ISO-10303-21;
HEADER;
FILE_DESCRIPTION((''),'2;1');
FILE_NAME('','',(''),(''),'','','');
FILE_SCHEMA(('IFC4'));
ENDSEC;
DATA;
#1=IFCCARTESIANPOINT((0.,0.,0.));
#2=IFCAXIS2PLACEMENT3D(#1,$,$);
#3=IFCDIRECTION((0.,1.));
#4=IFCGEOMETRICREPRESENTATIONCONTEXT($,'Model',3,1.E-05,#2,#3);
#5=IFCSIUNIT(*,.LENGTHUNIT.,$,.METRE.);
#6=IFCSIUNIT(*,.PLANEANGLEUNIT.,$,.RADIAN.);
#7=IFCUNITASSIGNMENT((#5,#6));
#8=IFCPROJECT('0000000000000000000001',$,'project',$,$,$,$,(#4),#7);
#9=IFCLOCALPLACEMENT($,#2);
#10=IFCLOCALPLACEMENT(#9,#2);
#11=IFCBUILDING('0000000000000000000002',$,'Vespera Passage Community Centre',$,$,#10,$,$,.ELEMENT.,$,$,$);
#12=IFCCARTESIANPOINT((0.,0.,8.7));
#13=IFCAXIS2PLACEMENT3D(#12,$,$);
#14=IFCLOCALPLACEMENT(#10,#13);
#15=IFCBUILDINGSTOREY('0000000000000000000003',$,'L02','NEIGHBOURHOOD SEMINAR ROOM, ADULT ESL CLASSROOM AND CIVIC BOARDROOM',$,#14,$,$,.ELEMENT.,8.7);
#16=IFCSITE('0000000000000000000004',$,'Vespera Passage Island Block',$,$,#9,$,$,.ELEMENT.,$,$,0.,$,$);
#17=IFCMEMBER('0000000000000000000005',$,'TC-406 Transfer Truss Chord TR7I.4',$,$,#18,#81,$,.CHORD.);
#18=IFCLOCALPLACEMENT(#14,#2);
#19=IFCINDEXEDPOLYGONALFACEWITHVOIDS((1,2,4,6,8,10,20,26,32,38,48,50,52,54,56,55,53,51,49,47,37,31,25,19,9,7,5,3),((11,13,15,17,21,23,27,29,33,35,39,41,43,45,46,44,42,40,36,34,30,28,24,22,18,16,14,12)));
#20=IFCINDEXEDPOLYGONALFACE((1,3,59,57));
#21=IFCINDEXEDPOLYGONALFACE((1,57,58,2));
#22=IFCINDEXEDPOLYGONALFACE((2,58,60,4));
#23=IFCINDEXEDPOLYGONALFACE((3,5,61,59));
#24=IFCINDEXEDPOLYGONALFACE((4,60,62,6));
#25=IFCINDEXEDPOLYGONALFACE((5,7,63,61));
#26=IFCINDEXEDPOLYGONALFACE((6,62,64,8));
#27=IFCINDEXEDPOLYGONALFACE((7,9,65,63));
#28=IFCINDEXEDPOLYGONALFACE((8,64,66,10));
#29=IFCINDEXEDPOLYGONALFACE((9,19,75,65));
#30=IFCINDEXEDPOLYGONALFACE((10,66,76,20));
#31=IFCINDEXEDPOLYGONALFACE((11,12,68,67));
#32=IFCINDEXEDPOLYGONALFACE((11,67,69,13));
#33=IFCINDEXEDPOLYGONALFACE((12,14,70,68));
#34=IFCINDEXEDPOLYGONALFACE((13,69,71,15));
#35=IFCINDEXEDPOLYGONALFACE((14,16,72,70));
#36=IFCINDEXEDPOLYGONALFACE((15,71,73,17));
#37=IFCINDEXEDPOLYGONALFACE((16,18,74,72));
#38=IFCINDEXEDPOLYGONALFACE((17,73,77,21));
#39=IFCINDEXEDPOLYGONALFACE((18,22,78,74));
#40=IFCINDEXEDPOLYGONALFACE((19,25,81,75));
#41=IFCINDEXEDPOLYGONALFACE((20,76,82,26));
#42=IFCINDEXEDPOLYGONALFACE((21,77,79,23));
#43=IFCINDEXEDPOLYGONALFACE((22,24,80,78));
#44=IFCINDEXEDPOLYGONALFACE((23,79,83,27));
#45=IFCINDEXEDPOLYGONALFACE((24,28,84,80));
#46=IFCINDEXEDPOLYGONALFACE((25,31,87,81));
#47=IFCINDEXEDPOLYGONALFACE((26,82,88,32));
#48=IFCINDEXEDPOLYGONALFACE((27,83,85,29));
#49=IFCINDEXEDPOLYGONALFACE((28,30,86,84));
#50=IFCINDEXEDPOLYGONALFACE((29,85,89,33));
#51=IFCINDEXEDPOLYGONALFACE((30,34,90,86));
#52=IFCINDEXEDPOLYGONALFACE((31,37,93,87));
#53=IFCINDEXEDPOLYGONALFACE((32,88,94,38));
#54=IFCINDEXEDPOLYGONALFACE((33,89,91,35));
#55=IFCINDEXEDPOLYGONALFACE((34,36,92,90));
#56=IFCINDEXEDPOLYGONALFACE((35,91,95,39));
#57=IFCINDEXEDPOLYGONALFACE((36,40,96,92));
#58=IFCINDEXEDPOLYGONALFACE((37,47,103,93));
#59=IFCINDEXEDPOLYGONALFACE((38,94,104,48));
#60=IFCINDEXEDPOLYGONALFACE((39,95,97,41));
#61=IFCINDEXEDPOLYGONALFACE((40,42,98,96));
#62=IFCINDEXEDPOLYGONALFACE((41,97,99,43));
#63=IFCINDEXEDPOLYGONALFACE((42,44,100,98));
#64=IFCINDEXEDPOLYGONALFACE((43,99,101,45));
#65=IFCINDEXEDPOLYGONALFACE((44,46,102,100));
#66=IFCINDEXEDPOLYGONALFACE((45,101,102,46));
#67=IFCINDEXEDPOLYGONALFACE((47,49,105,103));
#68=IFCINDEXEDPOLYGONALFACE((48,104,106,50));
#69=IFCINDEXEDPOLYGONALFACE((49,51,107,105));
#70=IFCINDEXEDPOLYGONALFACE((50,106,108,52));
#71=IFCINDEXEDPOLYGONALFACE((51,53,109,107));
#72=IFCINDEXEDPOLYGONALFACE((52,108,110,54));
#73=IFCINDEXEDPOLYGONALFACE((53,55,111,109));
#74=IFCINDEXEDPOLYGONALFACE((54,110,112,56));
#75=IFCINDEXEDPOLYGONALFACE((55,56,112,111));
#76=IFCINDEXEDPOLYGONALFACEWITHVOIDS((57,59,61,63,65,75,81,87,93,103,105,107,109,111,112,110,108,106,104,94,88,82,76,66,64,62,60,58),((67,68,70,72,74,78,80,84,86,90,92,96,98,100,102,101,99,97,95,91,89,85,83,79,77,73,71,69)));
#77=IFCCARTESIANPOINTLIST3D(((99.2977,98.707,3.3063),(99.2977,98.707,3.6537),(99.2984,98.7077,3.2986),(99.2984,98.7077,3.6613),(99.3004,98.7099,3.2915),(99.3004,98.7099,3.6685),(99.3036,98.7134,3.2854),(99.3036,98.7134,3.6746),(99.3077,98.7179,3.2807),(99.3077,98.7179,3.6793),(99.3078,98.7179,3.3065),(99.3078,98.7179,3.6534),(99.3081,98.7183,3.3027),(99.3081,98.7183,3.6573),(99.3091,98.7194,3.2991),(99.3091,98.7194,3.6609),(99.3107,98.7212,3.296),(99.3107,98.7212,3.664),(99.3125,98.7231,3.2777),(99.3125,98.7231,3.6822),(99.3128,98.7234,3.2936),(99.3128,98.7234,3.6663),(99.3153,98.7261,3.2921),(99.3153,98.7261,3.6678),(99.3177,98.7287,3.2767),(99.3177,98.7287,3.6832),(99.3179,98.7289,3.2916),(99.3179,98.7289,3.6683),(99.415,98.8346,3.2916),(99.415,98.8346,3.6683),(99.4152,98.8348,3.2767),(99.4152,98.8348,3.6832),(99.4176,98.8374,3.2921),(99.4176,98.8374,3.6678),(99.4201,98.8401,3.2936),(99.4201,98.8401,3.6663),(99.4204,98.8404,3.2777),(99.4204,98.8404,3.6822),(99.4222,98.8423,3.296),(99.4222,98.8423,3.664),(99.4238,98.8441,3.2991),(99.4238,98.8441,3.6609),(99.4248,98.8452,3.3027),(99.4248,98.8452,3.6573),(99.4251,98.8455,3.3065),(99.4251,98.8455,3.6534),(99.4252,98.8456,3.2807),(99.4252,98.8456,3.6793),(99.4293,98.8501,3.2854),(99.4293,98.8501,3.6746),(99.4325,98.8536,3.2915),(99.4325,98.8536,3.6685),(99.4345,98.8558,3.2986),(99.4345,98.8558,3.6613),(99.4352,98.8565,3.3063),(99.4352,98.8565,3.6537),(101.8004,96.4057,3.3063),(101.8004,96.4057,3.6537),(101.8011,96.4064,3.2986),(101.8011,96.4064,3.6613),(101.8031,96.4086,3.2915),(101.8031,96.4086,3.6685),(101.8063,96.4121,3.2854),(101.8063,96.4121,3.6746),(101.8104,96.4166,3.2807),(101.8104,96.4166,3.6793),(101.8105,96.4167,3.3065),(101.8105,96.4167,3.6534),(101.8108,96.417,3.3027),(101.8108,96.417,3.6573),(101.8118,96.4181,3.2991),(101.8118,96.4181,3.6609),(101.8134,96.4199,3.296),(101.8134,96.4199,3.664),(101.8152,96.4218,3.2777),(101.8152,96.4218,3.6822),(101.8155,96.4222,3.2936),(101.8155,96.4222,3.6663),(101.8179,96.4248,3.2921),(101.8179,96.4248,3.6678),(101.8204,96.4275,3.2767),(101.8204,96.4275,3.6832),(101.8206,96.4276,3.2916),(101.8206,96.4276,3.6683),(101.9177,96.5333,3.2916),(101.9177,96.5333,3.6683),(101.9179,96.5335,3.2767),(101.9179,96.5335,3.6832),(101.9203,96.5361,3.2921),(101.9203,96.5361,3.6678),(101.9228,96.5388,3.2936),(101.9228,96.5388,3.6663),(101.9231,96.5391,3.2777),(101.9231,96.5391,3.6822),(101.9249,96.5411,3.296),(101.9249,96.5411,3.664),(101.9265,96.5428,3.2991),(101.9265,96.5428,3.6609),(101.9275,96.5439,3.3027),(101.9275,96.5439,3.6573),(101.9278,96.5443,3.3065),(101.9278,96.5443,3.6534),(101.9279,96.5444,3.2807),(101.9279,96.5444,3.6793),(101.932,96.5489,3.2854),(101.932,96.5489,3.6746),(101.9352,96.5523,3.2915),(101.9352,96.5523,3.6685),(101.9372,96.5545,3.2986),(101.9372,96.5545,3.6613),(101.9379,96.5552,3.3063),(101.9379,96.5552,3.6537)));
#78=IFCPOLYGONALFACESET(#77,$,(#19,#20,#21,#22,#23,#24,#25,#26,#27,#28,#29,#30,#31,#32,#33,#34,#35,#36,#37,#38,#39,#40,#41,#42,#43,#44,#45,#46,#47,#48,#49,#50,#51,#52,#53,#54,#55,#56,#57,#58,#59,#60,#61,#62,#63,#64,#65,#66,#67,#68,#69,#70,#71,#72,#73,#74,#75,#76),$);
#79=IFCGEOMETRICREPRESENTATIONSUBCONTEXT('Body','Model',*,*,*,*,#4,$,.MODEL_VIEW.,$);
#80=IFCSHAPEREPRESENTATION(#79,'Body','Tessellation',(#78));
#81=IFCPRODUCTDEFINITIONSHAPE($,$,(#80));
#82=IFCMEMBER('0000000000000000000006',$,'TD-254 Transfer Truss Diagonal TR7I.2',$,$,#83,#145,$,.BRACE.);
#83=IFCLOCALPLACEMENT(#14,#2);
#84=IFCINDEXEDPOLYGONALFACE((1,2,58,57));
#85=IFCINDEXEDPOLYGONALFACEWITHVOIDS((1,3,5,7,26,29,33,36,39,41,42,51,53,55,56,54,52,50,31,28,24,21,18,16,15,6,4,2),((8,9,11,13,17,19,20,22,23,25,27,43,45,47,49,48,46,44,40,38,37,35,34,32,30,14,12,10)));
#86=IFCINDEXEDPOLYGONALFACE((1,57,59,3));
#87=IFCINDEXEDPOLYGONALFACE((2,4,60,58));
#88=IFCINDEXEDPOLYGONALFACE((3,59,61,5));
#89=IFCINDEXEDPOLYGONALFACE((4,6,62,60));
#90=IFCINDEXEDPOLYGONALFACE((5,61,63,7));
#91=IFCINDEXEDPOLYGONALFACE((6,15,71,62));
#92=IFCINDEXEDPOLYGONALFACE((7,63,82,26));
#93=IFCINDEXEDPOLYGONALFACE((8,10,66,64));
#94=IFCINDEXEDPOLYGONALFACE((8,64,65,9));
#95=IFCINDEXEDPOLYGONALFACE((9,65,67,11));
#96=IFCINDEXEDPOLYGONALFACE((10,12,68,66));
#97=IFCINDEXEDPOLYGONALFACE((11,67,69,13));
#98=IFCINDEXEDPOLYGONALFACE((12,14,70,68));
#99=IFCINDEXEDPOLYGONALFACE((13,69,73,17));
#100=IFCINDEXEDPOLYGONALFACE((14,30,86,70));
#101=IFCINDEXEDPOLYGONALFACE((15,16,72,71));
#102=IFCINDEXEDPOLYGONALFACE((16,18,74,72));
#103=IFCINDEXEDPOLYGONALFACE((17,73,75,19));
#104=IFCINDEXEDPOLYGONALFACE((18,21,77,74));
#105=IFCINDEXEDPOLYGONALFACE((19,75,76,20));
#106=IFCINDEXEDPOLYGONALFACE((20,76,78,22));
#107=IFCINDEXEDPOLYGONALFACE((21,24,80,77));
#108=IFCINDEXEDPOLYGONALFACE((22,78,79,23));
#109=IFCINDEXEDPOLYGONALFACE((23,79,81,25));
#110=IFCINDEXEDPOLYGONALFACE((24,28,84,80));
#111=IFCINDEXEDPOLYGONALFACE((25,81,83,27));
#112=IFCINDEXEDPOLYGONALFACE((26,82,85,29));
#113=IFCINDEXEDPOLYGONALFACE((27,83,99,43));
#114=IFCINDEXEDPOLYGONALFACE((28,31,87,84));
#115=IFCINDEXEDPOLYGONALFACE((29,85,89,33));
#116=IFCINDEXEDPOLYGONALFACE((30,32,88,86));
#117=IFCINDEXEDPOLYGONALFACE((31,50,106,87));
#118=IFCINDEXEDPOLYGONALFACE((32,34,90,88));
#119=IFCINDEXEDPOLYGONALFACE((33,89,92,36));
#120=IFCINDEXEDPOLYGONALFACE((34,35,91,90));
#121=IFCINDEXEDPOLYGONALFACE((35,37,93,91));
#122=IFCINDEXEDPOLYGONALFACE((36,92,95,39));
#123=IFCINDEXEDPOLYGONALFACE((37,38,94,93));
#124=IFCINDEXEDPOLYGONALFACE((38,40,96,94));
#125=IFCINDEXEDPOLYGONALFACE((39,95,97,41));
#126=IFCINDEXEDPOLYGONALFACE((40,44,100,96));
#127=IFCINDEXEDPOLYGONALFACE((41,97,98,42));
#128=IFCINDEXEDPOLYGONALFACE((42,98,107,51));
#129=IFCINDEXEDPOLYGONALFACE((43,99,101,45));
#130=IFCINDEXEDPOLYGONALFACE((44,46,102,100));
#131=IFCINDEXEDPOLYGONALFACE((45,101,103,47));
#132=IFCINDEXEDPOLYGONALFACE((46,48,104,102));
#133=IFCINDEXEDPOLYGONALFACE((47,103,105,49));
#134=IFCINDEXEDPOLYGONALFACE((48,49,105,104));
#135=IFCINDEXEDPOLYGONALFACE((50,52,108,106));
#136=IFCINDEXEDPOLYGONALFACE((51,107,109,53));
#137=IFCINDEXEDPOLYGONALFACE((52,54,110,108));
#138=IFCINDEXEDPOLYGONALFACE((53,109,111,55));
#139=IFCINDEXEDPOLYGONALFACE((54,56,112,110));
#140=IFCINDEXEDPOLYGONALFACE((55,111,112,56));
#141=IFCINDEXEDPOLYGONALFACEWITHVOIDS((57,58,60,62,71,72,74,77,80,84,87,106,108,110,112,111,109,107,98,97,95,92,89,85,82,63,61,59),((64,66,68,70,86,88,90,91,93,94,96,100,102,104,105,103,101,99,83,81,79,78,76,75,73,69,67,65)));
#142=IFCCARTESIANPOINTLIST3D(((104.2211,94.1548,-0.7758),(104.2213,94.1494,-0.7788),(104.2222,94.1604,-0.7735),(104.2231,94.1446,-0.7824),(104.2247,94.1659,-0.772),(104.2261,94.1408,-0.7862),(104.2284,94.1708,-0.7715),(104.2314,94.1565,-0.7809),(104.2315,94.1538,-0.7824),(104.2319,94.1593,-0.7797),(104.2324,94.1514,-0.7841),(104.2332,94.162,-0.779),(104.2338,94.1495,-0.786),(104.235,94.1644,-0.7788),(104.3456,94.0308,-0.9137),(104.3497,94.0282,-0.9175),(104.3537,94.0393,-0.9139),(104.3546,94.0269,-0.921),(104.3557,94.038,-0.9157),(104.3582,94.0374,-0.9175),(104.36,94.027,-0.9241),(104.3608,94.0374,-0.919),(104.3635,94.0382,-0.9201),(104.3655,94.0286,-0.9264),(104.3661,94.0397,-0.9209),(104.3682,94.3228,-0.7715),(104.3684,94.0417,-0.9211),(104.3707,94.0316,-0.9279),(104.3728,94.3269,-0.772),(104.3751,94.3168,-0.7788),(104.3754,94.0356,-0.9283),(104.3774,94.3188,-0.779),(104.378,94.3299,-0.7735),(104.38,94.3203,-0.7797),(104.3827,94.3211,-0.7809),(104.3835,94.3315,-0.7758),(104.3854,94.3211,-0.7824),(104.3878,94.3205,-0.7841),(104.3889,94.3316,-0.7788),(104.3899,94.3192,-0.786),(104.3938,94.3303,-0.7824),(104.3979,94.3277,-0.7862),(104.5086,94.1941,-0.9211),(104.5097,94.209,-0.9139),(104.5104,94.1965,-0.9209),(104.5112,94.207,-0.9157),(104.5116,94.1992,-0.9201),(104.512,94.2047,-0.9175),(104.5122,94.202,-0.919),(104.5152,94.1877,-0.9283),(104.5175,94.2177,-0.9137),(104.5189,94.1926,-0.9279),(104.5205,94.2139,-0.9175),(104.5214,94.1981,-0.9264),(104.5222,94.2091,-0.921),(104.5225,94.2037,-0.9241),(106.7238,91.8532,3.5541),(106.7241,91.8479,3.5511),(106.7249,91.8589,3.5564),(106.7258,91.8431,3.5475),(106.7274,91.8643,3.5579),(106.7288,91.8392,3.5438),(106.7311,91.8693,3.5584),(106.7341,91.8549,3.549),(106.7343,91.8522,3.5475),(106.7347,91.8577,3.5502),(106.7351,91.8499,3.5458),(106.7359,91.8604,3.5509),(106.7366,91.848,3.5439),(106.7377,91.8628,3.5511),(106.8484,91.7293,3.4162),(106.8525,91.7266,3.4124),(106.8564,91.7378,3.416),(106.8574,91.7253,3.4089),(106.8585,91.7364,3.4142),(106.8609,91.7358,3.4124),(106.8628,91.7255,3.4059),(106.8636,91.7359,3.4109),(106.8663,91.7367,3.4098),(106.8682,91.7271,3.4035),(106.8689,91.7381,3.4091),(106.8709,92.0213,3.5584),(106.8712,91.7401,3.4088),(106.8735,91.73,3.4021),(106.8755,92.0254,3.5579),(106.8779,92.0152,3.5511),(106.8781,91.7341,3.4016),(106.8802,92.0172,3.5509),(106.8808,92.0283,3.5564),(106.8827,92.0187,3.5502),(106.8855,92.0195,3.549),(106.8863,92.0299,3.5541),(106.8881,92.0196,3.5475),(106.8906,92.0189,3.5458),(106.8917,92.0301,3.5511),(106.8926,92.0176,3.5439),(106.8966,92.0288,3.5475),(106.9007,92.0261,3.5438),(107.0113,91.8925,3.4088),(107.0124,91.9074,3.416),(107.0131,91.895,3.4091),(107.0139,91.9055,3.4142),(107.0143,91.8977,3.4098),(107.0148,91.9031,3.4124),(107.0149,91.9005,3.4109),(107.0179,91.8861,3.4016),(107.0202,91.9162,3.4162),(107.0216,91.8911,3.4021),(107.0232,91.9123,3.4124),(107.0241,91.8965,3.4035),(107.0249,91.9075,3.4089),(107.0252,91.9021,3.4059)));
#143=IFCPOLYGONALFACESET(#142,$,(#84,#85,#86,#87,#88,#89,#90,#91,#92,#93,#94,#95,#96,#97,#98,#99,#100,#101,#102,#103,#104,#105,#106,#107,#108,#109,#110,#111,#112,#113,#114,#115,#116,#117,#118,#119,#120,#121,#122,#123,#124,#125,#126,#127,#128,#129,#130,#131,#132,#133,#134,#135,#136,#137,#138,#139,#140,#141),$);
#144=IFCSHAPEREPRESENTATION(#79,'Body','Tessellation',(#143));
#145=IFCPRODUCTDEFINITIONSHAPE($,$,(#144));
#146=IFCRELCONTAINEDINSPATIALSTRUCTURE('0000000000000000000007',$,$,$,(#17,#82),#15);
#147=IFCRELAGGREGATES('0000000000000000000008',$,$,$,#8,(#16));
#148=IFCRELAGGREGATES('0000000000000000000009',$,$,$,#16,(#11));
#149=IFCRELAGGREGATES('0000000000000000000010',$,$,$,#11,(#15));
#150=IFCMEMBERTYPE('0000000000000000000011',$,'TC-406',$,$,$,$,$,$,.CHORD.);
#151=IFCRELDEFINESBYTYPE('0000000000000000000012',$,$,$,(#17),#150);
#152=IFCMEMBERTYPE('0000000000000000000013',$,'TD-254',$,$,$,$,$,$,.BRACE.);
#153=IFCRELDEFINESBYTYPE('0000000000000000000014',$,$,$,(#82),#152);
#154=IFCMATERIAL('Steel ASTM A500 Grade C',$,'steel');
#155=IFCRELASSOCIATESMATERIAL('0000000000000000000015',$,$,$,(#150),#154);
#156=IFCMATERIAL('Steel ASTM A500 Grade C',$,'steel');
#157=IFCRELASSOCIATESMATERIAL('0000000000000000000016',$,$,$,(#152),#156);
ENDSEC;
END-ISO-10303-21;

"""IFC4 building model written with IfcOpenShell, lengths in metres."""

from ifc_helpers import new_model, si_unit, direction, frame, origin, origin_2d, place, context, subcontext, project, spatial, hollow_rectangle, extrude, material, material_profile, profile_set, type_object, element, save


model = new_model("IFC4")

# Units and contexts
model_context = context("Model", 3, precision=1e-05, world=origin(), true_north=direction((0.0, 1.0)))
body_context = subcontext(model_context, "Body", "Model", "MODEL_VIEW")
ifc_project = project(units=[si_unit("LENGTHUNIT", "METRE"), si_unit("PLANEANGLEUNIT", "RADIAN")], contexts=[model_context])

# Site, building, storey
site_placement = place(None, origin())
site = spatial("IfcSite", under=ifc_project, at=site_placement, Name="Vespera Passage Island Block", CompositionType="ELEMENT", RefElevation=0.0)
building_placement = place(site_placement, origin())
building = spatial("IfcBuilding", under=site, at=building_placement, Name="Vespera Passage Community Centre", CompositionType="ELEMENT")
storey_placement = place(building_placement, frame((0.0, 0.0, 8.7)))
storey = spatial("IfcBuildingStorey", under=building, at=storey_placement, Name="L02", Description="NEIGHBOURHOOD SEMINAR ROOM, ADULT ESL CLASSROOM AND CIVIC BOARDROOM", CompositionType="ELEMENT", Elevation=8.7)

# Members
ifc_material_1 = material(Name="Steel ASTM A500 Grade C", Category="steel")
ifc_material_profile_1 = material_profile(ifc_material_1, hollow_rectangle(XDim=0.2031, YDim=0.4065, WallThickness=0.0149, InnerFilletRadius=0.0149, OuterFilletRadius=0.0295, at=origin_2d()), Name="HSS406X203X15.9")
ifc_profile_set_1 = profile_set([ifc_material_profile_1], Name="Steel ASTM A500 Grade C")
member_type_1 = type_object("IfcMemberType", Name="TC-406", PredefinedType="CHORD", material=ifc_profile_set_1)
for number, where, z_axis, x_axis, name in (
    (1, (101.8691, 96.4805, 3.48), (-0.736107, 0.676865, 0.0), (-0.676865, -0.736107, 0.0), "TC-406 Transfer Truss Chord TR7I.4"),
):
    element("IfcMember", number, at=place(storey_placement, frame(where, z_axis=z_axis, x_axis=x_axis)), inside=storey, type_object=member_type_1, Name=name, PredefinedType="CHORD", context=body_context, shape_type="SweptSolid", body=[
        extrude(hollow_rectangle(XDim=0.2031, YDim=0.4065, WallThickness=0.0149, InnerFilletRadius=0.0149, OuterFilletRadius=0.0295, at=origin_2d()), origin(), (0.0, 0.0, 1.0), 3.3999),
    ])
ifc_material_2 = material(Name="Steel ASTM A500 Grade C", Category="steel")
ifc_material_profile_2 = material_profile(ifc_material_2, hollow_rectangle(XDim=0.2539, YDim=0.2539, WallThickness=0.0117, InnerFilletRadius=0.0117, OuterFilletRadius=0.0237, at=origin_2d()), Name="HSS254X254X12.7")
ifc_profile_set_2 = profile_set([ifc_material_profile_2], Name="Steel ASTM A500 Grade C")
member_type_2 = type_object("IfcMemberType", Name="TD-254", PredefinedType="BRACE", material=ifc_profile_set_2)
member_1_placement = place(storey_placement, frame((106.8745, 91.8777, 3.48), z_axis=(-0.454599, 0.418057, -0.786491), x_axis=(-0.676904, -0.736071, 0.0)))
element("IfcMember", 2, at=member_1_placement, inside=storey, type_object=member_type_2, Name="TD-254 Transfer Truss Diagonal TR7I.2", PredefinedType="BRACE", context=body_context, shape_type="SweptSolid", body=[
    extrude(hollow_rectangle(XDim=0.2539, YDim=0.2539, WallThickness=0.0117, InnerFilletRadius=0.0117, OuterFilletRadius=0.0237, at=origin_2d()), origin(), (0.0, 0.0, 1.0), 5.5054),
])

save(model, "model.ifc")
